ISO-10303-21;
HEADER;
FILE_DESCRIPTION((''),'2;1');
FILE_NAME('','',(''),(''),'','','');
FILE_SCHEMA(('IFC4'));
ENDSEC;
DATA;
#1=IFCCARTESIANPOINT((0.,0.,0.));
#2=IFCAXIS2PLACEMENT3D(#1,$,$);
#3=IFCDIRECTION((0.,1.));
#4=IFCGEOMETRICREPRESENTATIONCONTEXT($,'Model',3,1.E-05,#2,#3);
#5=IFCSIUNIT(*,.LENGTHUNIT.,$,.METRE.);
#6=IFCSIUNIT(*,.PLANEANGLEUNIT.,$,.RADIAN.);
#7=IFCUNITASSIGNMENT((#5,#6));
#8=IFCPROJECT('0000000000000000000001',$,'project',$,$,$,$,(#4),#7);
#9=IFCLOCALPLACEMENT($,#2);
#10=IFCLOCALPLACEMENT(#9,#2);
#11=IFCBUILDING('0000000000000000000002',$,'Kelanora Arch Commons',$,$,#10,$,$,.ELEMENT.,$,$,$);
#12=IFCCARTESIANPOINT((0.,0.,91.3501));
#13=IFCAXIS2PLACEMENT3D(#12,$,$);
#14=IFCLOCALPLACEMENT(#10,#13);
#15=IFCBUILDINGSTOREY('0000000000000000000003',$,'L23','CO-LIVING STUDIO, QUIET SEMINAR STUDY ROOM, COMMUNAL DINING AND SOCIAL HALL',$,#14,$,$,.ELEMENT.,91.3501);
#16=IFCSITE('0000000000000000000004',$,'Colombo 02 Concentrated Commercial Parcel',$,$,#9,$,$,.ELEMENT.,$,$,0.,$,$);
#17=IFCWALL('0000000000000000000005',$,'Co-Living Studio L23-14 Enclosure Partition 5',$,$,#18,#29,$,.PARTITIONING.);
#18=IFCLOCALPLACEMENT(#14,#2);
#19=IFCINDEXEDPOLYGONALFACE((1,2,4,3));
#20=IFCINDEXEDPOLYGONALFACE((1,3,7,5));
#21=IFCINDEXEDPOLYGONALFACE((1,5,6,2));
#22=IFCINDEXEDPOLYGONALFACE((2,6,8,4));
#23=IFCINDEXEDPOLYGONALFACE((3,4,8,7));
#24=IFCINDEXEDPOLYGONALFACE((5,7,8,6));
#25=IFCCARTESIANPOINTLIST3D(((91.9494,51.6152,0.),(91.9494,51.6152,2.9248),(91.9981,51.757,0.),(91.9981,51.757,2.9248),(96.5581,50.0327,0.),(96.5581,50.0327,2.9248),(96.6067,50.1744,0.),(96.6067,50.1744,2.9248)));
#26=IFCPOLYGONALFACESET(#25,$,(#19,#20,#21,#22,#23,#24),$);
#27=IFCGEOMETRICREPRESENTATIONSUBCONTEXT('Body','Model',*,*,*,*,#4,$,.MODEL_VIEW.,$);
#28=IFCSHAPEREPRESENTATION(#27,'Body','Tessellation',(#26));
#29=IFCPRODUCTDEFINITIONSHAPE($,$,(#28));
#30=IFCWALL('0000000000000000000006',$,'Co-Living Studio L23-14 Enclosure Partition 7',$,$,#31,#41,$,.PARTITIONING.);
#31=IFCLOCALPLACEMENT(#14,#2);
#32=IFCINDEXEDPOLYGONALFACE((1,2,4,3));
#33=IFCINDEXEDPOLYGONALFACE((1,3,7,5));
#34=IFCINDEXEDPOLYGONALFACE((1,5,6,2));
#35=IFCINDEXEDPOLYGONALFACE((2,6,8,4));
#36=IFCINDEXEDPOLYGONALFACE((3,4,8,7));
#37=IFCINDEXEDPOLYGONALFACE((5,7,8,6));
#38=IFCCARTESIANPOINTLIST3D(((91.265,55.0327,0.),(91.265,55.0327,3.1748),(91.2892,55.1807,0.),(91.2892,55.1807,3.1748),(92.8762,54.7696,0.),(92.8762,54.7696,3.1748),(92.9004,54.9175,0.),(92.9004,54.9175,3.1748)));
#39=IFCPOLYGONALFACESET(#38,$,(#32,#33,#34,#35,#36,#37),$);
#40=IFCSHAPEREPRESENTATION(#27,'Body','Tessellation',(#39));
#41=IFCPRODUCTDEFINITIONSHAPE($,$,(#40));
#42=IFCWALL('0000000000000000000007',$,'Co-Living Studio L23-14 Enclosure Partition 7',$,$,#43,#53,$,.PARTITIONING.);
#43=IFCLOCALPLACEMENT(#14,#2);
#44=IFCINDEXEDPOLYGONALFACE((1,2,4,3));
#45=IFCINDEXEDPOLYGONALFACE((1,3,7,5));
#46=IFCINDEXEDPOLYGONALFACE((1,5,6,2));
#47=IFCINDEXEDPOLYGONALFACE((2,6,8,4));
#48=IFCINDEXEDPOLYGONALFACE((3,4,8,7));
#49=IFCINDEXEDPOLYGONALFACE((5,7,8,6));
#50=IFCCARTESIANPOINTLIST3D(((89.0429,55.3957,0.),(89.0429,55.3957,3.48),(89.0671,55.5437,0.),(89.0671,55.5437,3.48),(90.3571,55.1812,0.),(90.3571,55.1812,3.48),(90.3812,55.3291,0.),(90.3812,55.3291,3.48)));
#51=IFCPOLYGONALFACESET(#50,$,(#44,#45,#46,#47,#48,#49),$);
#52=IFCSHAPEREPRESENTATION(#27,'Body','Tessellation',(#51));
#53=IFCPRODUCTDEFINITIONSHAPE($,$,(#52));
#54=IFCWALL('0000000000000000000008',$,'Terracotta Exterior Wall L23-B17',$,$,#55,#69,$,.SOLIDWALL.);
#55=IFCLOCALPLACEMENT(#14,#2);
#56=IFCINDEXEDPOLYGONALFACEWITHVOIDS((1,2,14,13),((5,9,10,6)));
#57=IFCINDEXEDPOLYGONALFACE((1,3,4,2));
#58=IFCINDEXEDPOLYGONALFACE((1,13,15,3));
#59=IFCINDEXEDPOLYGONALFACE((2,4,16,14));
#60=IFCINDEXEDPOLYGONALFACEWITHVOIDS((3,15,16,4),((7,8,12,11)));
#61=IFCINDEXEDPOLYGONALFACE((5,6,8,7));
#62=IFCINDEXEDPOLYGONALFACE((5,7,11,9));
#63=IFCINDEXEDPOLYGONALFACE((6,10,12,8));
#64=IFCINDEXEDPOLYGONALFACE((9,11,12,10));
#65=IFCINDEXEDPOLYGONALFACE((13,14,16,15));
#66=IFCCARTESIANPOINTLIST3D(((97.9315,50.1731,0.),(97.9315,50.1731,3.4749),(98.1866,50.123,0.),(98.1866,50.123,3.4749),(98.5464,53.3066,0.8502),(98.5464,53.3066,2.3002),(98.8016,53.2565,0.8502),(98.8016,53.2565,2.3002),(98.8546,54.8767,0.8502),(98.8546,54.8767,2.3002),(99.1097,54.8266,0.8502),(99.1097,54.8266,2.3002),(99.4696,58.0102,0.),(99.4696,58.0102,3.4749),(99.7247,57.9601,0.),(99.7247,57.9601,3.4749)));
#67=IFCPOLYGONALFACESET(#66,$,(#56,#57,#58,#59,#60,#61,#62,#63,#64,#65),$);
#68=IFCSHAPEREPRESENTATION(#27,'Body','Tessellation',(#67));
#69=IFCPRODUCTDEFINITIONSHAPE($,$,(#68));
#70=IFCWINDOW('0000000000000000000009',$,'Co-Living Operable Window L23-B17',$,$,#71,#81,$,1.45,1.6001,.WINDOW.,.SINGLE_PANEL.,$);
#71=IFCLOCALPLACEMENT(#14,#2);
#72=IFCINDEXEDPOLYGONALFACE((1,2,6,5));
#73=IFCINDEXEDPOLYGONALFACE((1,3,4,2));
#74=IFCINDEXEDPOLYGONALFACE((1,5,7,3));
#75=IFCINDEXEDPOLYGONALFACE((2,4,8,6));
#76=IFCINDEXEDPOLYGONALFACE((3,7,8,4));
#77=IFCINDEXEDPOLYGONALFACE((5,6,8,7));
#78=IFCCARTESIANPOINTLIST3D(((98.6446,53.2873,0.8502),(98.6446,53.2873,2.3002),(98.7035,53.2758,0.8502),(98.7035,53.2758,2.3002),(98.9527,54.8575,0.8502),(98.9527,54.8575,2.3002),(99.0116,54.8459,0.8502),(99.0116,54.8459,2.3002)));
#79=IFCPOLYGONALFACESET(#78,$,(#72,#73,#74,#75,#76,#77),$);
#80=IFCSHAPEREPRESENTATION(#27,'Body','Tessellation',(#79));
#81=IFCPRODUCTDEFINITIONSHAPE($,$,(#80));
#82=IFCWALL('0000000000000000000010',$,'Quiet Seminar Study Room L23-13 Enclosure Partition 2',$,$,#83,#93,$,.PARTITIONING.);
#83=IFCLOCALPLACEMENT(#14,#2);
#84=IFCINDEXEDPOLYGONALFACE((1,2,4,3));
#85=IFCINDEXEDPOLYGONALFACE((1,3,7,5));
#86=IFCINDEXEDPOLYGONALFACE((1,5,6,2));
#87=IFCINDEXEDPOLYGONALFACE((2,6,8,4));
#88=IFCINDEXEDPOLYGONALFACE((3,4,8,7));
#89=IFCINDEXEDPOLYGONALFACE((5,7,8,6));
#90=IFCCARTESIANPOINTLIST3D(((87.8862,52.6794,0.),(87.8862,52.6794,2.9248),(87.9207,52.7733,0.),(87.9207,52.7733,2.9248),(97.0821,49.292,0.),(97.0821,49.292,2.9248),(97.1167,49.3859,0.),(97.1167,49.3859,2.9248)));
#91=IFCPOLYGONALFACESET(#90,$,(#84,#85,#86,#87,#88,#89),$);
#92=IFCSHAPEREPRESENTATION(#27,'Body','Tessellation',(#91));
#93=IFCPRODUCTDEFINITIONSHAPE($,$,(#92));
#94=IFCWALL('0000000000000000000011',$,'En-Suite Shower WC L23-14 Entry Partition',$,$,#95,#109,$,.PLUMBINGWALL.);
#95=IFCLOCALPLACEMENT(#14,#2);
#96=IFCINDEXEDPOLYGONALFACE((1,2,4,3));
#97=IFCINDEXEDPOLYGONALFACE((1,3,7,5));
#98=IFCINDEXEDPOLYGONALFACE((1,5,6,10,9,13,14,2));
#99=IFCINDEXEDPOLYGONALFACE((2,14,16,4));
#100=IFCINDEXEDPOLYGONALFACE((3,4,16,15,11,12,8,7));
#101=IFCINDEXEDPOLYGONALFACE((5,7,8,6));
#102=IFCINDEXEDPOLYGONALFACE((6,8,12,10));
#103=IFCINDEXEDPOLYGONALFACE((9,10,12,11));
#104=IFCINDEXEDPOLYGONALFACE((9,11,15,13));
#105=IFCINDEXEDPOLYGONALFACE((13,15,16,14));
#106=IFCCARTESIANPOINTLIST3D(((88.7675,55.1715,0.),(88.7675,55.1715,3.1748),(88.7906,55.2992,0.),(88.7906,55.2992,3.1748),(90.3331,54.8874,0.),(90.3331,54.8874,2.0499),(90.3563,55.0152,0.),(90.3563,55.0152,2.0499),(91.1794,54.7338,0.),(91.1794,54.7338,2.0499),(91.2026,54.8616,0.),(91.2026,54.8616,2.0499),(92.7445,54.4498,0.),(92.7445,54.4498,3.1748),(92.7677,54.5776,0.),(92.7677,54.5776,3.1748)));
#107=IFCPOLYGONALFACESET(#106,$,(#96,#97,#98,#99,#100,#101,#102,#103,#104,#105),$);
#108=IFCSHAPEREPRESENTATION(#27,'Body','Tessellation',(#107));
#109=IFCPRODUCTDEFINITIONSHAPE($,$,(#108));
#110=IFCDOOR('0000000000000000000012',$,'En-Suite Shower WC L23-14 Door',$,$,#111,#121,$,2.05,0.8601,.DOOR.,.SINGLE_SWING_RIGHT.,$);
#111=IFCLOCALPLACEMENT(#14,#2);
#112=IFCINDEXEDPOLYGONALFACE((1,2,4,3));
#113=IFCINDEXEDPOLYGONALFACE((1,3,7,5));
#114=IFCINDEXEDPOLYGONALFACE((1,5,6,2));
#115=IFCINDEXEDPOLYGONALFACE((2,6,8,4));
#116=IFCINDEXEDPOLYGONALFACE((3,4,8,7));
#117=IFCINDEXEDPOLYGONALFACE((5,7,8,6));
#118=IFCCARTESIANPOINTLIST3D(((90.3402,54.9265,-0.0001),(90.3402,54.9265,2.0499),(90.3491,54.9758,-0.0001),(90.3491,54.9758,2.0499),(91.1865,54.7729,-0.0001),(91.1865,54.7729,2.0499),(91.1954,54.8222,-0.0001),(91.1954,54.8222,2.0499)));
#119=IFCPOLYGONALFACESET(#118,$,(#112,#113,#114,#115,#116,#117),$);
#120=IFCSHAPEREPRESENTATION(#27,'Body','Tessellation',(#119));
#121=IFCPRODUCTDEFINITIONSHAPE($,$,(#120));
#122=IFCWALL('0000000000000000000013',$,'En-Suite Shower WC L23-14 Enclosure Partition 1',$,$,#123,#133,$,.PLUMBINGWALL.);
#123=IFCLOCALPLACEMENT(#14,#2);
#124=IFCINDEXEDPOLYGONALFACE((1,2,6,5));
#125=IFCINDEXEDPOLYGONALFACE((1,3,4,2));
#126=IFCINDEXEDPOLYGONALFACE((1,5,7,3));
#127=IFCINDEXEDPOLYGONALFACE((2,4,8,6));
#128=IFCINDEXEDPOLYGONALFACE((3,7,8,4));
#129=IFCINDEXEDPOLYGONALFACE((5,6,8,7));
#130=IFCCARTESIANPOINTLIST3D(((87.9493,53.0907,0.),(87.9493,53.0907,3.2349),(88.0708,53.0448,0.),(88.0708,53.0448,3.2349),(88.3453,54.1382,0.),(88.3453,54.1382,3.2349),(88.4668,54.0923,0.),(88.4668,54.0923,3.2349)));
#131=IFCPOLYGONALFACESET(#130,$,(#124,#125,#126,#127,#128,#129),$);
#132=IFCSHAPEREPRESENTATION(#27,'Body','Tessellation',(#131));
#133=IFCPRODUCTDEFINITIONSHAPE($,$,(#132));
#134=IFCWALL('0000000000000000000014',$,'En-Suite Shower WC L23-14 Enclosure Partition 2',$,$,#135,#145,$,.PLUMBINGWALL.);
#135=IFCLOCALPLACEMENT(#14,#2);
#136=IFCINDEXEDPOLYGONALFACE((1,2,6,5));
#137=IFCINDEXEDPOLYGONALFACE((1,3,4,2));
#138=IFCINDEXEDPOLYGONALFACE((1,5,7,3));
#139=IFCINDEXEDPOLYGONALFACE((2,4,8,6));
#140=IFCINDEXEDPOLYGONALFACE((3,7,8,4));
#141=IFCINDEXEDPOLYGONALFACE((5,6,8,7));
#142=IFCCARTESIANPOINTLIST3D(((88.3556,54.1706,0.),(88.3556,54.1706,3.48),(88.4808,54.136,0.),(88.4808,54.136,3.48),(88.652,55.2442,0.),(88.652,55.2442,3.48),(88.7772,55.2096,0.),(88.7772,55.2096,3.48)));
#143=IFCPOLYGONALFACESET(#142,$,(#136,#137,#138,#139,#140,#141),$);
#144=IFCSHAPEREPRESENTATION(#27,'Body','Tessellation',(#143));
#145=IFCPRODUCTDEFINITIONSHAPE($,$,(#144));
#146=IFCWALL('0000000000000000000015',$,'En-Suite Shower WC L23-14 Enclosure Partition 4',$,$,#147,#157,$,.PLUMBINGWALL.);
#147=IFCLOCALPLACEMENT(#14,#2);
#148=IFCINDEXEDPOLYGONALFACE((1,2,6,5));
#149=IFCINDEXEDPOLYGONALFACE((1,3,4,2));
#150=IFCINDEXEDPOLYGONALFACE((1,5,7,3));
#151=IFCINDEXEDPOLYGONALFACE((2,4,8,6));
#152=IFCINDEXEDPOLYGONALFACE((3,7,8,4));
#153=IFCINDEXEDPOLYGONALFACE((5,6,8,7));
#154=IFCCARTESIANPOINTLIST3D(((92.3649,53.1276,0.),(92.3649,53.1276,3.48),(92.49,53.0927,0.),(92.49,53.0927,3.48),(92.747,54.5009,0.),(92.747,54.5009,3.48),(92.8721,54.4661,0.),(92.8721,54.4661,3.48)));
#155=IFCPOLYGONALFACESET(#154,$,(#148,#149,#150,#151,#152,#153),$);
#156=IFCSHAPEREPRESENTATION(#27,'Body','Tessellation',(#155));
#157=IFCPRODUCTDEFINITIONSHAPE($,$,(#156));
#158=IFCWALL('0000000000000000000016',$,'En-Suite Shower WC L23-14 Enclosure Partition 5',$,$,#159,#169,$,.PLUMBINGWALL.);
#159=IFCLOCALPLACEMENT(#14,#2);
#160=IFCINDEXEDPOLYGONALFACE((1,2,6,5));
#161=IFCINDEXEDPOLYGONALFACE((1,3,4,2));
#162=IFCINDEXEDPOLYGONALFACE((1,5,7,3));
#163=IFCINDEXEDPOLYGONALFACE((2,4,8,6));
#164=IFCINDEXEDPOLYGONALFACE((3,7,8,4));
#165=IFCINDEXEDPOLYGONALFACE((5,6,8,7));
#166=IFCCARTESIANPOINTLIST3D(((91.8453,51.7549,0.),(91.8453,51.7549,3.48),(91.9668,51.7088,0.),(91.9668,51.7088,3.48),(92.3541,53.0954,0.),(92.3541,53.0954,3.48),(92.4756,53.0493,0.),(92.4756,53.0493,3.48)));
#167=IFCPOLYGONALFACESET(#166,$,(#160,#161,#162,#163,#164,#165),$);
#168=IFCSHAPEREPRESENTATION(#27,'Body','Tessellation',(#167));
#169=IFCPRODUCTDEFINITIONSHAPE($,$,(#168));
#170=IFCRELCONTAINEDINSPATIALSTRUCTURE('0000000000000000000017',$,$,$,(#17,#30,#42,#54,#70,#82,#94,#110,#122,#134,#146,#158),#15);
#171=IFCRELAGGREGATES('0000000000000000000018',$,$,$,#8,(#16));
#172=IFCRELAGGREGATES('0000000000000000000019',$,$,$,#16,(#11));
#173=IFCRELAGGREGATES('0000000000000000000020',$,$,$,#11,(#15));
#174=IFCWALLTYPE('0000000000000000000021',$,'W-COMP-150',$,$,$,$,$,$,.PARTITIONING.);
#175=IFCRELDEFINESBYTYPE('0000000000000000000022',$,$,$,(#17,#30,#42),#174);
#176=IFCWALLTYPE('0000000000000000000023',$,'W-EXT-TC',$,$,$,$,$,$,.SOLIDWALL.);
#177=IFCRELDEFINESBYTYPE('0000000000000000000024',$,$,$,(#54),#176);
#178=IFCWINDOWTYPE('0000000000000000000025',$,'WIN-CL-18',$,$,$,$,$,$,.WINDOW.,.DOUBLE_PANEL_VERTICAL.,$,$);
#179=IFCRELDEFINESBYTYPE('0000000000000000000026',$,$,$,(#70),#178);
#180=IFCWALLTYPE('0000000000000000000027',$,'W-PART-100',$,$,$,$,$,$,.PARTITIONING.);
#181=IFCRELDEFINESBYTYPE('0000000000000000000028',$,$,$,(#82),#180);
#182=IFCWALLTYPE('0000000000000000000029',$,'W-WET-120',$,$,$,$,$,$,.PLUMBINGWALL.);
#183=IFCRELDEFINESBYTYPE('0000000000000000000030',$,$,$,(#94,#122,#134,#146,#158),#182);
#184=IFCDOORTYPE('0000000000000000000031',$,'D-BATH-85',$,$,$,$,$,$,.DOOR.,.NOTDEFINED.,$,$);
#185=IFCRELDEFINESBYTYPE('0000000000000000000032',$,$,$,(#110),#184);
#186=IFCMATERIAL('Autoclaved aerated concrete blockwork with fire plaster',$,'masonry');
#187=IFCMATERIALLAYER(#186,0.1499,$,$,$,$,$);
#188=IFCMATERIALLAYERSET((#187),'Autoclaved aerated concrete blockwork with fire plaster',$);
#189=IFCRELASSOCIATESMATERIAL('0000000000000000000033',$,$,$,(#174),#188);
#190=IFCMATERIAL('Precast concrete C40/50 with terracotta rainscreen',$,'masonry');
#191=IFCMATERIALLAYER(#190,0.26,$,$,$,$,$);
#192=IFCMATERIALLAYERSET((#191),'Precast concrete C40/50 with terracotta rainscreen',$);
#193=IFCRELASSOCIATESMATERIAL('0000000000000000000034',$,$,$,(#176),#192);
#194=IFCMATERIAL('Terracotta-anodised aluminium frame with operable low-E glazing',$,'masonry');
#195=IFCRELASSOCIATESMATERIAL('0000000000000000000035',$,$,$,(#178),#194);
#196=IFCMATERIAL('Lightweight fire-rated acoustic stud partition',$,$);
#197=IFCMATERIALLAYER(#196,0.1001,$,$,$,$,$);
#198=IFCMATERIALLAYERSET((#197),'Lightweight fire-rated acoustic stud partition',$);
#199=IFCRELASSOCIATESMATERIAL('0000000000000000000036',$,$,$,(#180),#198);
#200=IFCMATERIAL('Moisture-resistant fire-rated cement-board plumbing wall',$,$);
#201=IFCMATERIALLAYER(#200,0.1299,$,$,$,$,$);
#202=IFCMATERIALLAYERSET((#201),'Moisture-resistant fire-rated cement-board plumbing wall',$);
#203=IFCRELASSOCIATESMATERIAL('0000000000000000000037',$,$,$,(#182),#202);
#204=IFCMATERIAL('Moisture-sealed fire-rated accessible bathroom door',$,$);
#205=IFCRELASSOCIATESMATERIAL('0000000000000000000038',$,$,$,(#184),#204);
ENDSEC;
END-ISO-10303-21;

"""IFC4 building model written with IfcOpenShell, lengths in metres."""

from ifc_helpers import new_model, si_unit, direction, frame, frame_2d, origin, place, context, subcontext, project, spatial, rectangle, extrude, material, layer, layer_set, type_object, element, fill, save


model = new_model("IFC4")

# Units and contexts
model_context = context("Model", 3, precision=1e-05, world=origin(), true_north=direction((0.0, 1.0)))
body_context = subcontext(model_context, "Body", "Model", "MODEL_VIEW")
ifc_project = project(units=[si_unit("LENGTHUNIT", "METRE"), si_unit("PLANEANGLEUNIT", "RADIAN")], contexts=[model_context])

# Site, building, storey
site_placement = place(None, origin())
site = spatial("IfcSite", under=ifc_project, at=site_placement, Name="Colombo 02 Concentrated Commercial Parcel", CompositionType="ELEMENT", RefElevation=0.0)
building_placement = place(site_placement, origin())
building = spatial("IfcBuilding", under=site, at=building_placement, Name="Kelanora Arch Commons", CompositionType="ELEMENT")
storey_placement = place(building_placement, frame((0.0, 0.0, 91.3501)))
storey = spatial("IfcBuildingStorey", under=building, at=storey_placement, Name="L23", Description="CO-LIVING STUDIO, QUIET SEMINAR STUDY ROOM, COMMUNAL DINING AND SOCIAL HALL", CompositionType="ELEMENT", Elevation=91.3501)

# Shared definitions
ifc_material_1 = material(Name="Autoclaved aerated concrete blockwork with fire plaster", Category="masonry")
ifc_layer_1 = layer(ifc_material_1, 0.1499)
ifc_layer_set_1 = layer_set([ifc_layer_1], Name="Autoclaved aerated concrete blockwork with fire plaster")
wall_type_1 = type_object("IfcWallType", Name="W-COMP-150", PredefinedType="PARTITIONING", material=ifc_layer_set_1)

# Walls
wall_1_placement = place(storey_placement, frame((96.5825, 50.1035, 0.0), z_axis=(0.0, 0.0, 1.0), x_axis=(-0.945794, 0.324767, 0.0)))
element("IfcWall", 1, at=wall_1_placement, inside=storey, type_object=wall_type_1, Name="Co-Living Studio L23-14 Enclosure Partition 5", PredefinedType="PARTITIONING", context=body_context, shape_type="SweptSolid", body=[
    extrude(rectangle(XDim=4.8728, YDim=0.1499, at=frame_2d((2.4365, 0.0))), origin(), (0.0, 0.0, 1.0), 2.9248),
])
wall_2_placement = place(storey_placement, frame((92.8884, 54.8435, 0.0), z_axis=(0.0, 0.0, 1.0), x_axis=(-0.986922, 0.161197, 0.0)))
element("IfcWall", 2, at=wall_2_placement, inside=storey, type_object=wall_type_1, Name="Co-Living Studio L23-14 Enclosure Partition 7", PredefinedType="PARTITIONING", context=body_context, shape_type="SweptSolid", body=[
    extrude(rectangle(XDim=1.6326, YDim=0.1499, at=frame_2d((0.8164, 0.0))), origin(), (0.0, 0.0, 1.0), 3.1748),
])
wall_3_placement = place(storey_placement, frame((90.3691, 55.2551, 0.0), z_axis=(0.0, 0.0, 1.0), x_axis=(-0.986929, 0.161157, 0.0)))
element("IfcWall", 3, at=wall_3_placement, inside=storey, type_object=wall_type_1, Name="Co-Living Studio L23-14 Enclosure Partition 7", PredefinedType="PARTITIONING", context=body_context, shape_type="SweptSolid", body=[
    extrude(rectangle(XDim=1.3315, YDim=0.1499, at=frame_2d((0.6658, 0.0))), origin(), (0.0, 0.0, 1.0), 3.48),
])

# Wall, opening, window
ifc_material_2 = material(Name="Precast concrete C40/50 with terracotta rainscreen", Category="masonry")
ifc_layer_2 = layer(ifc_material_2, 0.26)
ifc_layer_set_2 = layer_set([ifc_layer_2], Name="Precast concrete C40/50 with terracotta rainscreen")
wall_type_2 = type_object("IfcWallType", Name="W-EXT-TC", PredefinedType="SOLIDWALL", material=ifc_layer_set_2)
wall_4_placement = place(storey_placement, frame((98.0591, 50.1482, 0.0), z_axis=(0.0, 0.0, 1.0), x_axis=(0.192582, 0.981281, 0.0)))
wall_4 = element("IfcWall", 4, at=wall_4_placement, inside=storey, type_object=wall_type_2, Name="Terracotta Exterior Wall L23-B17", PredefinedType="SOLIDWALL", context=body_context, shape_type="SweptSolid", body=[
    extrude(rectangle(XDim=7.9866, YDim=0.26, at=frame_2d((3.9932, 0.0))), origin(), (0.0, 0.0, 1.0), 3.4749),
])
opening_1_placement = place(wall_4_placement, frame((3.1931, 0.0, 0.8501)))
opening_1 = element("IfcOpeningElement", 5, at=opening_1_placement, cuts=wall_4, PredefinedType="OPENING", context=body_context, shape_type="SweptSolid", body=[
    extrude(rectangle(XDim=1.6001, YDim=1.45, at=frame_2d((0.8, 0.7251))), frame((0.0, 0.1401, 0.0), z_axis=(0.0, -1.0, 0.0), x_axis=(1.0, 0.0, 0.0)), (0.0, 0.0, 1.0), 0.28),
])
ifc_material_3 = material(Name="Terracotta-anodised aluminium frame with operable low-E glazing", Category="masonry")
window_type = type_object("IfcWindowType", Name="WIN-CL-18", PartitioningType="DOUBLE_PANEL_VERTICAL", PredefinedType="WINDOW", material=ifc_material_3)
window_placement = place(opening_1_placement, origin())
window = element("IfcWindow", 6, at=window_placement, inside=storey, type_object=window_type, Name="Co-Living Operable Window L23-B17", OverallHeight=1.45, OverallWidth=1.6001, PartitioningType="SINGLE_PANEL", PredefinedType="WINDOW", context=body_context, shape_type="SweptSolid", body=[
    extrude(rectangle(XDim=1.6001, YDim=1.45, at=frame_2d((0.8, 0.7251))), frame((0.0, 0.03, 0.0), z_axis=(0.0, -1.0, 0.0), x_axis=(1.0, 0.0, 0.0)), (0.0, 0.0, 1.0), 0.0601),
])
fill(opening_1, window)

# Wall
ifc_material_4 = material(Name="Lightweight fire-rated acoustic stud partition")
ifc_layer_3 = layer(ifc_material_4, 0.1001)
ifc_layer_set_3 = layer_set([ifc_layer_3], Name="Lightweight fire-rated acoustic stud partition")
wall_type_3 = type_object("IfcWallType", Name="W-PART-100", PredefinedType="PARTITIONING", material=ifc_layer_set_3)
wall_5_placement = place(storey_placement, frame((87.9036, 52.7263, 0.0), z_axis=(0.0, 0.0, 1.0), x_axis=(0.938362, -0.345655, 0.0)))
element("IfcWall", 7, at=wall_5_placement, inside=storey, type_object=wall_type_3, Name="Quiet Seminar Study Room L23-13 Enclosure Partition 2", PredefinedType="PARTITIONING", context=body_context, shape_type="SweptSolid", body=[
    extrude(rectangle(XDim=9.8, YDim=0.1001, at=frame_2d((4.8999, 0.0))), origin(), (0.0, 0.0, 1.0), 2.9248),
])

# Wall, opening, door
ifc_material_5 = material(Name="Moisture-resistant fire-rated cement-board plumbing wall")
ifc_layer_4 = layer(ifc_material_5, 0.1299)
ifc_layer_set_4 = layer_set([ifc_layer_4], Name="Moisture-resistant fire-rated cement-board plumbing wall")
wall_type_4 = type_object("IfcWallType", Name="W-WET-120", PredefinedType="PLUMBINGWALL", material=ifc_layer_set_4)
wall_6_placement = place(storey_placement, frame((88.7791, 55.2354, 0.0), z_axis=(0.0, 0.0, 1.0), x_axis=(0.983932, -0.178545, 0.0)))
wall_6 = element("IfcWall", 8, at=wall_6_placement, inside=storey, type_object=wall_type_4, Name="En-Suite Shower WC L23-14 Entry Partition", PredefinedType="PLUMBINGWALL", context=body_context, shape_type="SweptSolid", body=[
    extrude(rectangle(XDim=4.042, YDim=0.1299, at=frame_2d((2.021, 0.0))), origin(), (0.0, 0.0, 1.0), 3.1748),
])
opening_2_placement = place(wall_6_placement, frame((1.5911, 0.0, 0.0)))
opening_2 = element("IfcOpeningElement", 9, at=opening_2_placement, cuts=wall_6, PredefinedType="OPENING", context=body_context, shape_type="SweptSolid", body=[
    extrude(rectangle(XDim=0.8601, YDim=2.05, at=frame_2d((0.4302, 1.0249))), frame((0.0, 0.075, 0.0), z_axis=(0.0, -1.0, 0.0), x_axis=(1.0, 0.0, 0.0)), (0.0, 0.0, 1.0), 0.1499),
])
ifc_material_6 = material(Name="Moisture-sealed fire-rated accessible bathroom door")
door_type_1 = type_object("IfcDoorType", Name="D-BATH-85", OperationType="NOTDEFINED", PredefinedType="DOOR", material=ifc_material_6)
door_1_placement = place(opening_2_placement, origin())
door_1 = element("IfcDoor", 10, at=door_1_placement, inside=storey, type_object=door_type_1, Name="En-Suite Shower WC L23-14 Door", OperationType="SINGLE_SWING_RIGHT", OverallHeight=2.05, OverallWidth=0.8601, PredefinedType="DOOR", context=body_context, shape_type="SweptSolid", body=[
    extrude(rectangle(XDim=0.8601, YDim=2.05, at=frame_2d((0.4302, 1.0249))), frame((0.0, 0.0249, 0.0), z_axis=(0.0, -1.0, 0.0), x_axis=(1.0, 0.0, 0.0)), (0.0, 0.0, 1.0), 0.05),
])
fill(opening_2, door_1)

# Walls
wall_7_placement = place(storey_placement, frame((88.01, 53.0676, 0.0), z_axis=(0.0, 0.0, 1.0), x_axis=(0.353583, 0.935403, 0.0)))
element("IfcWall", 11, at=wall_7_placement, inside=storey, type_object=wall_type_4, Name="En-Suite Shower WC L23-14 Enclosure Partition 1", PredefinedType="PLUMBINGWALL", context=body_context, shape_type="SweptSolid", body=[
    extrude(rectangle(XDim=1.1199, YDim=0.1299, at=frame_2d((0.5601, 0.0))), origin(), (0.0, 0.0, 1.0), 3.2349),
])
wall_8_placement = place(storey_placement, frame((88.4182, 54.1533, 0.0), z_axis=(0.0, 0.0, 1.0), x_axis=(0.26614, 0.963934, 0.0)))
element("IfcWall", 12, at=wall_8_placement, inside=storey, type_object=wall_type_4, Name="En-Suite Shower WC L23-14 Enclosure Partition 2", PredefinedType="PLUMBINGWALL", context=body_context, shape_type="SweptSolid", body=[
    extrude(rectangle(XDim=1.1138, YDim=0.1299, at=frame_2d((0.5569, 0.0))), origin(), (0.0, 0.0, 1.0), 3.48),
])
wall_9_placement = place(storey_placement, frame((92.8096, 54.4836, 0.0), z_axis=(0.0, 0.0, 1.0), x_axis=(-0.268041, -0.963407, 0.0)))
element("IfcWall", 13, at=wall_9_placement, inside=storey, type_object=wall_type_4, Name="En-Suite Shower WC L23-14 Enclosure Partition 4", PredefinedType="PLUMBINGWALL", context=body_context, shape_type="SweptSolid", body=[
    extrude(rectangle(XDim=1.4255, YDim=0.1299, at=frame_2d((0.7129, 0.0))), origin(), (0.0, 0.0, 1.0), 3.48),
])
wall_10_placement = place(storey_placement, frame((92.4148, 53.0723, 0.0), z_axis=(0.0, 0.0, 1.0), x_axis=(-0.354834, -0.934929, 0.0)))
element("IfcWall", 14, at=wall_10_placement, inside=storey, type_object=wall_type_4, Name="En-Suite Shower WC L23-14 Enclosure Partition 5", PredefinedType="PLUMBINGWALL", context=body_context, shape_type="SweptSolid", body=[
    extrude(rectangle(XDim=1.4338, YDim=0.1299, at=frame_2d((0.7168, 0.0))), origin(), (0.0, 0.0, 1.0), 3.48),
])

save(model, "model.ifc")
